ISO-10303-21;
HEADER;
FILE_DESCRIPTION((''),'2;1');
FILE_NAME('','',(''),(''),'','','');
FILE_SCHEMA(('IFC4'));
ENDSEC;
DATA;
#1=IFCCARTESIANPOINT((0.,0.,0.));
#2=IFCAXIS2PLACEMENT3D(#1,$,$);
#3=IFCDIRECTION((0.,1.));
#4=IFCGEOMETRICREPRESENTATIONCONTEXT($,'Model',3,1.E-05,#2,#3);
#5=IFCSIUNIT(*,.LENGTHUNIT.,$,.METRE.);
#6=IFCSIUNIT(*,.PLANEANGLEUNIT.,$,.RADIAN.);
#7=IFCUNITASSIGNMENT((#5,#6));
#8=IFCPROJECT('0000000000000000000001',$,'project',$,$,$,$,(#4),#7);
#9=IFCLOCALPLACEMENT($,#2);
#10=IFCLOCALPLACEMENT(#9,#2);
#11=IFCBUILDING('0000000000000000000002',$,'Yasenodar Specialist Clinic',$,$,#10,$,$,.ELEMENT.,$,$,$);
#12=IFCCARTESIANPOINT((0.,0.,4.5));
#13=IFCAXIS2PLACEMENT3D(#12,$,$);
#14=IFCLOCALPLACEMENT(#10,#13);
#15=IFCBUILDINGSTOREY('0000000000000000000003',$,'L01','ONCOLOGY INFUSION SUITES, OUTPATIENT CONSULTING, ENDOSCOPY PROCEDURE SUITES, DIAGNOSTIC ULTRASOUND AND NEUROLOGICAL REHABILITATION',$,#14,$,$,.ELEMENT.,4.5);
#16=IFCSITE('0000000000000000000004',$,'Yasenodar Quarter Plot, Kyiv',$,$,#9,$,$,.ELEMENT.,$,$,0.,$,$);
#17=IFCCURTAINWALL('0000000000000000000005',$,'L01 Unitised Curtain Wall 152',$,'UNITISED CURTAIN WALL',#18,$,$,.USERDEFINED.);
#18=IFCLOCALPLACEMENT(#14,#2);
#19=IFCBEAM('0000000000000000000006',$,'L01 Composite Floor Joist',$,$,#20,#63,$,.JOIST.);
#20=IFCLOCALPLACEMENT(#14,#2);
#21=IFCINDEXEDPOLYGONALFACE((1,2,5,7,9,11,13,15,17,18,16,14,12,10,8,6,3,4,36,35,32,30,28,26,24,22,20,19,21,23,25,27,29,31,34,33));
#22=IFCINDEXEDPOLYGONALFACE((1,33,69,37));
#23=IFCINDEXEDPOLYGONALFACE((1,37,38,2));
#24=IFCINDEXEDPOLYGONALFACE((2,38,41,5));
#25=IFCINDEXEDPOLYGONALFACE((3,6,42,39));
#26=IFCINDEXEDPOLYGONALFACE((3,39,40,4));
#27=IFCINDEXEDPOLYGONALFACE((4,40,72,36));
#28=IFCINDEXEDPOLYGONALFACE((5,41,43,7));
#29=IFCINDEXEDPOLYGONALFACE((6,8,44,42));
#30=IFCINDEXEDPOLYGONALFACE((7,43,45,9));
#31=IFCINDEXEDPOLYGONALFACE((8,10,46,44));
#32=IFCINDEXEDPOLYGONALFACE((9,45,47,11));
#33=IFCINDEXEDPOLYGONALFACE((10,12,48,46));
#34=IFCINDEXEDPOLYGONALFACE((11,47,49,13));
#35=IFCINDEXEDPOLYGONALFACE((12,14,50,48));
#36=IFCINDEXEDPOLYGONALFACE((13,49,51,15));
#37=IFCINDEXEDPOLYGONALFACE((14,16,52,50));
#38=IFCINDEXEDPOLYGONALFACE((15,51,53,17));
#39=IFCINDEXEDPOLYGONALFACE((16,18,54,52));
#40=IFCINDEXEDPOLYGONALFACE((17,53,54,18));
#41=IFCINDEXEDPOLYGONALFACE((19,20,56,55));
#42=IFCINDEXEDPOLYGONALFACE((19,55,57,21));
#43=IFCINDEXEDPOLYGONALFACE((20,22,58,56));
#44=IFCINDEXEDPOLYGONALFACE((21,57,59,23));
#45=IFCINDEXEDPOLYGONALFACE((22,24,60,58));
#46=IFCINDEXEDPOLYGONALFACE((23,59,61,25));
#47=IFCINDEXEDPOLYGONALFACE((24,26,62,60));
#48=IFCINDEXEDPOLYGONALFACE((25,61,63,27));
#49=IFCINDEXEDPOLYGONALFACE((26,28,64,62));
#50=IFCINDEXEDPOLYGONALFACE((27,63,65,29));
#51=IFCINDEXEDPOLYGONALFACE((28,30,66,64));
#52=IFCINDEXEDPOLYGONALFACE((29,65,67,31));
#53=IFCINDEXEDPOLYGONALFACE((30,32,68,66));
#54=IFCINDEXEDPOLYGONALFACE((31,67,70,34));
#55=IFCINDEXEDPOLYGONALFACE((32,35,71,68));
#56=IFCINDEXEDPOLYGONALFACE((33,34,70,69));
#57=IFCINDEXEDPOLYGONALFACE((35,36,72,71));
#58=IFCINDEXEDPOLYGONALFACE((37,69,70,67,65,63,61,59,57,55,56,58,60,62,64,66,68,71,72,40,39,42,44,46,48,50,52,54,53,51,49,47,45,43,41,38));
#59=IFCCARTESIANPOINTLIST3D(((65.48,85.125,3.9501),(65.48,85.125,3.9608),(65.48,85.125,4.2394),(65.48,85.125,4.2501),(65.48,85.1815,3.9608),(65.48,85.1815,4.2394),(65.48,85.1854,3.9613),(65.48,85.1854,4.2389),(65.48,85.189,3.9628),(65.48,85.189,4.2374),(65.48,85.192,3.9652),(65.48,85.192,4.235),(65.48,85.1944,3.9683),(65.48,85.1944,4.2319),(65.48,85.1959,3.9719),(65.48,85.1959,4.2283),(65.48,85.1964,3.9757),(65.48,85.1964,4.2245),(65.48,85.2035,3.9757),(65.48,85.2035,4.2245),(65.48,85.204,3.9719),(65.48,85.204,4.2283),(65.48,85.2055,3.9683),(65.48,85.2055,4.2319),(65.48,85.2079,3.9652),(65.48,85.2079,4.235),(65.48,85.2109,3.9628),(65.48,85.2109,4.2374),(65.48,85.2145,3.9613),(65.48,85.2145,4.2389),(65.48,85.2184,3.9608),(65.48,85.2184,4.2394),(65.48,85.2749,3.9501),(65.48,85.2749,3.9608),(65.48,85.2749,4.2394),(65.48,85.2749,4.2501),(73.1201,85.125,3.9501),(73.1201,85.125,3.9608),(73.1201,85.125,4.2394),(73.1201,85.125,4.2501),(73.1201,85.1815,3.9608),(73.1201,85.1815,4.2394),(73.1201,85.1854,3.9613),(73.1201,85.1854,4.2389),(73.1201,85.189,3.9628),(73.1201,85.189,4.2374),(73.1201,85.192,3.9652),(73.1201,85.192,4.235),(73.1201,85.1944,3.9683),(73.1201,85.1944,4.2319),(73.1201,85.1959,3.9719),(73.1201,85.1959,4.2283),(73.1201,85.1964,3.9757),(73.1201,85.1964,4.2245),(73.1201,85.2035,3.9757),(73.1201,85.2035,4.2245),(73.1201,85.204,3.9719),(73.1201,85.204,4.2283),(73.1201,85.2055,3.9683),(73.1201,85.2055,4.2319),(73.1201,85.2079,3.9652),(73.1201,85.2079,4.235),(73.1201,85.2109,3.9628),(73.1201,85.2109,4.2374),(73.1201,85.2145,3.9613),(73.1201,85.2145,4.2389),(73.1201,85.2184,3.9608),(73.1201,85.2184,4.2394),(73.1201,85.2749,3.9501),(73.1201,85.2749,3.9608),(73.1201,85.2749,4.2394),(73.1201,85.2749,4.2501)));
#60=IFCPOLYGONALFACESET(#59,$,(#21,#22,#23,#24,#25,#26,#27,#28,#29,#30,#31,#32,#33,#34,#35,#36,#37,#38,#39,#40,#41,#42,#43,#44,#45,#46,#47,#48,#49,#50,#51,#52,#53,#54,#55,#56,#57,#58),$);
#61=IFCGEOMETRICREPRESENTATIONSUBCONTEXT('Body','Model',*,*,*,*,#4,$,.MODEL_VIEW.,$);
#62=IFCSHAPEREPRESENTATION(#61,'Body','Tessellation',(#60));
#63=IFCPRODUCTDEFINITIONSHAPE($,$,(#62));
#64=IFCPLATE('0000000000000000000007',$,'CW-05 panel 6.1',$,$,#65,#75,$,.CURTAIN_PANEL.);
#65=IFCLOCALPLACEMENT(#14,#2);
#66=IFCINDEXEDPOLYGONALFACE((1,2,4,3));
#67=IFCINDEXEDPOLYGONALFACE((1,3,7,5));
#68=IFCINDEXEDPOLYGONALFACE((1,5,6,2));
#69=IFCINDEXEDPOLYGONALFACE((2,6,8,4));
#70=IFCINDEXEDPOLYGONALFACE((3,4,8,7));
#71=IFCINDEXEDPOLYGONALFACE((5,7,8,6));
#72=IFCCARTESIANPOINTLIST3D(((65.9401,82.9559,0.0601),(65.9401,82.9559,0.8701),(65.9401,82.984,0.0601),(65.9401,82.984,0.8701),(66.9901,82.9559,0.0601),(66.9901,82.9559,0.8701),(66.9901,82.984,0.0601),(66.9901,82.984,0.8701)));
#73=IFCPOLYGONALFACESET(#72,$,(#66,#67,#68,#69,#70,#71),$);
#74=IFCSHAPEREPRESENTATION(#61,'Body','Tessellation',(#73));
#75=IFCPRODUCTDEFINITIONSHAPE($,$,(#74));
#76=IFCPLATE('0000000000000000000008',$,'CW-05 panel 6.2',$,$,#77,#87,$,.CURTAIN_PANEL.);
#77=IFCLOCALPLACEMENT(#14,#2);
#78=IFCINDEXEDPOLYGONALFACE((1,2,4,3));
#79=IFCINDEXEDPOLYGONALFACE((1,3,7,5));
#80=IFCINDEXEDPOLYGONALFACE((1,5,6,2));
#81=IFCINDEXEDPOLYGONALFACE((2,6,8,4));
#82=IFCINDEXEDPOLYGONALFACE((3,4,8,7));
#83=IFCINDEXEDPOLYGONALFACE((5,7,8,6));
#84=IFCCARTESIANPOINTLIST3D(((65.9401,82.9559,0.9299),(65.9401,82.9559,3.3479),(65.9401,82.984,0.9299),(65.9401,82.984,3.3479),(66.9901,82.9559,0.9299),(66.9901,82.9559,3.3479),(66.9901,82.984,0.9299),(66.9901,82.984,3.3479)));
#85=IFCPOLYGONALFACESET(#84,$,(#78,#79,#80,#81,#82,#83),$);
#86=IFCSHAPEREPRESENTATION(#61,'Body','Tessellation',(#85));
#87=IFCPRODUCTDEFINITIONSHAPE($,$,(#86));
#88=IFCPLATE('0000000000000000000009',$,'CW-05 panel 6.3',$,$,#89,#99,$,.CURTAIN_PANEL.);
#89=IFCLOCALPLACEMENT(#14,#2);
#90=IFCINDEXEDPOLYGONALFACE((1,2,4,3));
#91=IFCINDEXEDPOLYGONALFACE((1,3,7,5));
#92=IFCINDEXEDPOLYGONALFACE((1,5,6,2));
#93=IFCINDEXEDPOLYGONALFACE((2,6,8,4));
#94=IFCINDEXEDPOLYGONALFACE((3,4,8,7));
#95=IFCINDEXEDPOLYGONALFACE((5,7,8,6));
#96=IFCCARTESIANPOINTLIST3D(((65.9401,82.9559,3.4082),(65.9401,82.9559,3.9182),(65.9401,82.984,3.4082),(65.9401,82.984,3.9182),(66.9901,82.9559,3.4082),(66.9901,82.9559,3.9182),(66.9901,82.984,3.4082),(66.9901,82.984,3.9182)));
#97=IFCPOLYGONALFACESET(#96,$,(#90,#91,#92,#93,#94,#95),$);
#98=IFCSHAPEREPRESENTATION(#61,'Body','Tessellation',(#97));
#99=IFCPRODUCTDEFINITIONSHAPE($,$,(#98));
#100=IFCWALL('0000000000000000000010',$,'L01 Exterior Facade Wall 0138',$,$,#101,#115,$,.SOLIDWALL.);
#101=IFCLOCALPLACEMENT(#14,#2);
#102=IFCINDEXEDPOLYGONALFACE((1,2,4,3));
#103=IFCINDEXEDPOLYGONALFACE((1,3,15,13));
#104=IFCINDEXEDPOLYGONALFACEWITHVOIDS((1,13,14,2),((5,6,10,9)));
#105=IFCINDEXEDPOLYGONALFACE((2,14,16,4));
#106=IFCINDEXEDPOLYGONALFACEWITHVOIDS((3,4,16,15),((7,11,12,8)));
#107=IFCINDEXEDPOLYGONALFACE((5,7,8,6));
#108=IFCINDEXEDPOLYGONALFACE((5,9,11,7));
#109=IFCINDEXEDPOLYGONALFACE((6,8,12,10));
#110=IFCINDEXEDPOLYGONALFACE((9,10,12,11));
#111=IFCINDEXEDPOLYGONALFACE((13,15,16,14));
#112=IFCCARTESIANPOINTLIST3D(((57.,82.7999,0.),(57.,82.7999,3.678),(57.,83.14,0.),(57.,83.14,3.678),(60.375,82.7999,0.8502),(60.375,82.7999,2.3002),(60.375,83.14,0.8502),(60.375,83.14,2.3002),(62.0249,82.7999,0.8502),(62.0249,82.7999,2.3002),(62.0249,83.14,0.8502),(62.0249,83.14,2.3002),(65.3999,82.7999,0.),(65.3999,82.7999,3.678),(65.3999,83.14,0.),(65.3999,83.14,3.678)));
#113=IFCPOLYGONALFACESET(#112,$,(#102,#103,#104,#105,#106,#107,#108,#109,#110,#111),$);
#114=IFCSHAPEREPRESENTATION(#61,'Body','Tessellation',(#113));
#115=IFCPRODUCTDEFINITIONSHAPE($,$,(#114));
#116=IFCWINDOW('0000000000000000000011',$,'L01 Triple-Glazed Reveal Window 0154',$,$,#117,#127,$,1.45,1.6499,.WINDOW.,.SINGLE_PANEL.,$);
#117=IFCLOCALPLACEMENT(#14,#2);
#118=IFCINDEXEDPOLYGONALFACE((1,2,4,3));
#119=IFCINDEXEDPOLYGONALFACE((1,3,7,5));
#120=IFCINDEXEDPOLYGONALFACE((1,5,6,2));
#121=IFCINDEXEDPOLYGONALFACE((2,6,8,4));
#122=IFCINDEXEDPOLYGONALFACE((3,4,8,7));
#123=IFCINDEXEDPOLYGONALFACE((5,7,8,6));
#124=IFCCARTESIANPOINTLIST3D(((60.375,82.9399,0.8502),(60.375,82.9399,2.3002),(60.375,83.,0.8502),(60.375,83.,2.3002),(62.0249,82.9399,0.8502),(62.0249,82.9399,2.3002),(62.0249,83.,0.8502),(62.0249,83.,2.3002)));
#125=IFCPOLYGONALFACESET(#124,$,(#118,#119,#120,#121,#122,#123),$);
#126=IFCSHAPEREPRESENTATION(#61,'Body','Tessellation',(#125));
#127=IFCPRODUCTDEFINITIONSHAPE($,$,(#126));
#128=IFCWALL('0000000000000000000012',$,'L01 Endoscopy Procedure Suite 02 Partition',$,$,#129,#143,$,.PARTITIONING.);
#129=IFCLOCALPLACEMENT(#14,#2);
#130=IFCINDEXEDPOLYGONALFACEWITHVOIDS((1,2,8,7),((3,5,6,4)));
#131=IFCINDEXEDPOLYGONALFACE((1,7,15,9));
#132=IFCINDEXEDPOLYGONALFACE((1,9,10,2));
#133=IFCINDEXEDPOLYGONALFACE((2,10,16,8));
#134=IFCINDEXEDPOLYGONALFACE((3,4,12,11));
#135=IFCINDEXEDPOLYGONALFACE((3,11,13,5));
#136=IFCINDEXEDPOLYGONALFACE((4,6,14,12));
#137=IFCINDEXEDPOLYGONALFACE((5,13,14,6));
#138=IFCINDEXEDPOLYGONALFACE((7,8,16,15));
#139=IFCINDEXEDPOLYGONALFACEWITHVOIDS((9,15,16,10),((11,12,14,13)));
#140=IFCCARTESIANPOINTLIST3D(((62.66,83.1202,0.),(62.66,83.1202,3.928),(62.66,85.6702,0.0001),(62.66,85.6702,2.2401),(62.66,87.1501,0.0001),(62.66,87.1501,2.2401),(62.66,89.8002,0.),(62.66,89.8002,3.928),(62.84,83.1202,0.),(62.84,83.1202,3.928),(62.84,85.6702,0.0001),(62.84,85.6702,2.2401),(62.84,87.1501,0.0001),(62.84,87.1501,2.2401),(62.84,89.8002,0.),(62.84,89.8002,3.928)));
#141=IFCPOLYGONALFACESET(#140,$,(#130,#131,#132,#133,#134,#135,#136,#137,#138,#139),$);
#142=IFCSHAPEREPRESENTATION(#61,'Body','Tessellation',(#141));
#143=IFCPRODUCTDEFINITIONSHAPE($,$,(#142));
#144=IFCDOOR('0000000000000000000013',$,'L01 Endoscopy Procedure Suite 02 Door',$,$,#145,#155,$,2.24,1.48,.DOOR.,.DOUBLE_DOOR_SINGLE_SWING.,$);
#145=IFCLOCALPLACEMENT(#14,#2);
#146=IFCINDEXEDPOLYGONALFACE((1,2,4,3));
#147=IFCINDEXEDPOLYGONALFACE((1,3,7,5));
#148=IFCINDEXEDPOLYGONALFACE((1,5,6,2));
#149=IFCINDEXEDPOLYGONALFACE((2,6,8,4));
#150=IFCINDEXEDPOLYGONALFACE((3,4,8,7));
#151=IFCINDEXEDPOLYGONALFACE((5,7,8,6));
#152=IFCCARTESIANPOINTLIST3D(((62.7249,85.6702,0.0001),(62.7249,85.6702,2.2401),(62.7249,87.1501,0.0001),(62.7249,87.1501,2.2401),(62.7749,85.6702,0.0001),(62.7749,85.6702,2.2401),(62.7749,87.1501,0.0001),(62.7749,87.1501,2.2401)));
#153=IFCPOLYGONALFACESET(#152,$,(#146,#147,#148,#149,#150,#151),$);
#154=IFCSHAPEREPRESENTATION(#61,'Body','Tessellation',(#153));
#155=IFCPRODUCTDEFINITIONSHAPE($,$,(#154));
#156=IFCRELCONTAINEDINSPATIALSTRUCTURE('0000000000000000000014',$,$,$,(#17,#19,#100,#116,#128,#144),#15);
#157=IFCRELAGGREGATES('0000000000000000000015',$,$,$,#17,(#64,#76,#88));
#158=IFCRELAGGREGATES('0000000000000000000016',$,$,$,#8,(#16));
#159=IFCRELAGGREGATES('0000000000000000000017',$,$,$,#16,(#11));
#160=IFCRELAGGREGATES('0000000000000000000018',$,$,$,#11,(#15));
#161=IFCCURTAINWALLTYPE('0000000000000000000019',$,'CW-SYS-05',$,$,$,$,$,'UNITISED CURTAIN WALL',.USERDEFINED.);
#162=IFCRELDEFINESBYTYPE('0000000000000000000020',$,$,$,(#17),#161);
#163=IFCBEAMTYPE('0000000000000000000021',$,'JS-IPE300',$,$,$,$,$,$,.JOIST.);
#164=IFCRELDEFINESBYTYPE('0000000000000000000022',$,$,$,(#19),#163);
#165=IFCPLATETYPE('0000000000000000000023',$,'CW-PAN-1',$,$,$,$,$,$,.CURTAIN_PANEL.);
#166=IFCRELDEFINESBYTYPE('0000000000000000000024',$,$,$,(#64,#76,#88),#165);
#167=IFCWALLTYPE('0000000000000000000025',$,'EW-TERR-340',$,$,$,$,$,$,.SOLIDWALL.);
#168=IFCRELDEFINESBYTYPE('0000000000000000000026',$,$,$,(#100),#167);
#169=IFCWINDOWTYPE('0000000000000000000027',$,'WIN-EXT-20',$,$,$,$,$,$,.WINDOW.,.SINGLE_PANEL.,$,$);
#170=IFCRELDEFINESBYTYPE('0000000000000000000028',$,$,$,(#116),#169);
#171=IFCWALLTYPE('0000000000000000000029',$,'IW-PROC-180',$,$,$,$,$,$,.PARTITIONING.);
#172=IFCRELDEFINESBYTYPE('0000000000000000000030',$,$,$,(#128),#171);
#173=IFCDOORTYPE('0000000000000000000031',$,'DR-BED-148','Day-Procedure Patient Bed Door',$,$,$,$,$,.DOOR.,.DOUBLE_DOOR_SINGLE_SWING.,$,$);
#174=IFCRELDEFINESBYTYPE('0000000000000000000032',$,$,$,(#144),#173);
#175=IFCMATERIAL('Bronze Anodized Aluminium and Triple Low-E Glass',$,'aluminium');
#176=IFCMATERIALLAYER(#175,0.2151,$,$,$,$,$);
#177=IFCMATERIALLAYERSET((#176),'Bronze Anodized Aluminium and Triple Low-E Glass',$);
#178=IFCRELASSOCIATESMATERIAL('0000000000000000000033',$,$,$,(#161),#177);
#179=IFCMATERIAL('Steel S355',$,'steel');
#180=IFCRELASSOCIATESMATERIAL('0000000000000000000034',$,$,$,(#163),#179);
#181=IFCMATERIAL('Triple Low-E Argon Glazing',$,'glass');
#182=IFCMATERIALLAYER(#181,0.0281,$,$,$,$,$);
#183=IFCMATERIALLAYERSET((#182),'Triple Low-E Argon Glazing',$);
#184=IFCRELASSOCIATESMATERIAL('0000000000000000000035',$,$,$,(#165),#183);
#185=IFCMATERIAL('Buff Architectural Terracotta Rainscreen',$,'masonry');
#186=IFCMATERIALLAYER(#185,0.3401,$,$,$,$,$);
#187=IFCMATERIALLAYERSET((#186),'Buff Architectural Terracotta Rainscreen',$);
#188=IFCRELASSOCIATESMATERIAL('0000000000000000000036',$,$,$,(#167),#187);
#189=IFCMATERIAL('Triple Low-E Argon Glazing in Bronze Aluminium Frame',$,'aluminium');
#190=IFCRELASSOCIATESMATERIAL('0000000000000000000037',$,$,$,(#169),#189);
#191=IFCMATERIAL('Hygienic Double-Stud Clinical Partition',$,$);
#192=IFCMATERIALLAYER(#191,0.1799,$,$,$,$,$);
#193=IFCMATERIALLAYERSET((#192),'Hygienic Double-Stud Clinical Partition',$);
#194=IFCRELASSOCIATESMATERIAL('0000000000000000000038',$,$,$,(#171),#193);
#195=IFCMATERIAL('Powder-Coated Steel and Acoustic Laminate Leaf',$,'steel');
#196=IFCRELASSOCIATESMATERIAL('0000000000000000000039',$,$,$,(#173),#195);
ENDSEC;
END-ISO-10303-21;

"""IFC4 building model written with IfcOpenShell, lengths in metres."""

from ifc_helpers import new_model, si_unit, direction, frame, frame_2d, origin, origin_2d, place, context, subcontext, project, spatial, rectangle, i_section, extrude, material, layer, layer_set, material_profile, profile_set, type_object, element, fill, aggregate, save


model = new_model("IFC4")

# Units and contexts
model_context = context("Model", 3, precision=1e-05, world=origin(), true_north=direction((0.0, 1.0)))
body_context = subcontext(model_context, "Body", "Model", "MODEL_VIEW")
ifc_project = project(units=[si_unit("LENGTHUNIT", "METRE"), si_unit("PLANEANGLEUNIT", "RADIAN")], contexts=[model_context])

# Site, building, storey
site_placement = place(None, origin())
site = spatial("IfcSite", under=ifc_project, at=site_placement, Name="Yasenodar Quarter Plot, Kyiv", CompositionType="ELEMENT", RefElevation=0.0)
building_placement = place(site_placement, origin())
building = spatial("IfcBuilding", under=site, at=building_placement, Name="Yasenodar Specialist Clinic", CompositionType="ELEMENT")
storey_placement = place(building_placement, frame((0.0, 0.0, 4.5)))
storey = spatial("IfcBuildingStorey", under=building, at=storey_placement, Name="L01", Description="ONCOLOGY INFUSION SUITES, OUTPATIENT CONSULTING, ENDOSCOPY PROCEDURE SUITES, DIAGNOSTIC ULTRASOUND AND NEUROLOGICAL REHABILITATION", CompositionType="ELEMENT", Elevation=4.5)

# Shared definitions
ifc_material_1 = material(Name="Steel S355", Category="steel")

# Curtain wall
ifc_material_2 = material(Name="Bronze Anodized Aluminium and Triple Low-E Glass", Category="aluminium")
ifc_layer_1 = layer(ifc_material_2, 0.2151)
ifc_layer_set_1 = layer_set([ifc_layer_1], Name="Bronze Anodized Aluminium and Triple Low-E Glass")
curtain_wall_type = type_object("IfcCurtainWallType", Name="CW-SYS-05", ElementType="UNITISED CURTAIN WALL", PredefinedType="USERDEFINED", material=ifc_layer_set_1)
curtain_wall_placement = place(storey_placement, origin())
curtain_wall = element("IfcCurtainWall", 1, at=curtain_wall_placement, inside=storey, type_object=curtain_wall_type, Name="L01 Unitised Curtain Wall 152", ObjectType="UNITISED CURTAIN WALL", PredefinedType="USERDEFINED")

# Beam
ifc_material_profile_1 = material_profile(ifc_material_1, i_section(OverallWidth=0.1499, OverallDepth=0.3, WebThickness=0.0071, FlangeThickness=0.0107, FilletRadius=0.0149, at=origin_2d()), Name="IPE 300")
ifc_profile_set_1 = profile_set([ifc_material_profile_1], Name="Steel S355")
beam_type_1 = type_object("IfcBeamType", Name="JS-IPE300", PredefinedType="JOIST", material=ifc_profile_set_1)
beam_1_placement = place(storey_placement, frame((65.48, 85.2, 4.1001), z_axis=(1.0, 0.0, 0.0), x_axis=(0.0, 1.0, 0.0)))
element("IfcBeam", 2, at=beam_1_placement, inside=storey, type_object=beam_type_1, Name="L01 Composite Floor Joist", PredefinedType="JOIST", context=body_context, shape_type="SweptSolid", body=[
    extrude(i_section(OverallWidth=0.1499, OverallDepth=0.3, WebThickness=0.0071, FlangeThickness=0.0107, FilletRadius=0.0149, at=origin_2d()), origin(), (0.0, 0.0, 1.0), 7.6401),
])

# Plates
ifc_material_3 = material(Name="Triple Low-E Argon Glazing", Category="glass")
ifc_layer_2 = layer(ifc_material_3, 0.0281)
ifc_layer_set_2 = layer_set([ifc_layer_2], Name="Triple Low-E Argon Glazing")
plate_type = type_object("IfcPlateType", Name="CW-PAN-1", PredefinedType="CURTAIN_PANEL", material=ifc_layer_set_2)
plate_1_placement = place(storey_placement, frame((66.4651, 82.97, 0.0601), z_axis=(0.0, 0.0, 1.0), x_axis=(-1.0, 0.0, 0.0)))
plate_1 = element("IfcPlate", 3, at=plate_1_placement, type_object=plate_type, Name="CW-05 panel 6.1", PredefinedType="CURTAIN_PANEL", context=body_context, shape_type="SweptSolid", body=[
    extrude(rectangle(XDim=1.05, YDim=0.0281, at=origin_2d()), origin(), (0.0, 0.0, 1.0), 0.8101),
])
plate_2_placement = place(storey_placement, frame((66.4651, 82.97, 0.9299), z_axis=(0.0, 0.0, 1.0), x_axis=(-1.0, 0.0, 0.0)))
plate_2 = element("IfcPlate", 4, at=plate_2_placement, type_object=plate_type, Name="CW-05 panel 6.2", PredefinedType="CURTAIN_PANEL", context=body_context, shape_type="SweptSolid", body=[
    extrude(rectangle(XDim=1.05, YDim=0.0281, at=origin_2d()), origin(), (0.0, 0.0, 1.0), 2.418),
])
plate_3_placement = place(storey_placement, frame((66.4651, 82.97, 3.4082), z_axis=(0.0, 0.0, 1.0), x_axis=(-1.0, 0.0, 0.0)))
plate_3 = element("IfcPlate", 5, at=plate_3_placement, type_object=plate_type, Name="CW-05 panel 6.3", PredefinedType="CURTAIN_PANEL", context=body_context, shape_type="SweptSolid", body=[
    extrude(rectangle(XDim=1.05, YDim=0.0281, at=origin_2d()), origin(), (0.0, 0.0, 1.0), 0.51),
])
aggregate(curtain_wall, [plate_1, plate_2, plate_3])

# Wall, opening, window
ifc_material_4 = material(Name="Buff Architectural Terracotta Rainscreen", Category="masonry")
ifc_layer_3 = layer(ifc_material_4, 0.3401)
ifc_layer_set_3 = layer_set([ifc_layer_3], Name="Buff Architectural Terracotta Rainscreen")
wall_type_1 = type_object("IfcWallType", Name="EW-TERR-340", PredefinedType="SOLIDWALL", material=ifc_layer_set_3)
wall_1_placement = place(storey_placement, frame((65.3999, 82.97, 0.0), z_axis=(0.0, 0.0, 1.0), x_axis=(-1.0, 0.0, 0.0)))
wall_1 = element("IfcWall", 6, at=wall_1_placement, inside=storey, type_object=wall_type_1, Name="L01 Exterior Facade Wall 0138", PredefinedType="SOLIDWALL", context=body_context, shape_type="SweptSolid", body=[
    extrude(rectangle(XDim=8.3999, YDim=0.3401, at=frame_2d((4.2, 0.0))), origin(), (0.0, 0.0, 1.0), 3.678),
])
opening_1_placement = place(wall_1_placement, frame((3.375, 0.0, 0.8501)))
opening_1 = element("IfcOpeningElement", 7, at=opening_1_placement, cuts=wall_1, PredefinedType="OPENING", context=body_context, shape_type="SweptSolid", body=[
    extrude(rectangle(XDim=1.6499, YDim=1.45, at=frame_2d((0.825, 0.7251))), frame((0.0, 0.1802, 0.0), z_axis=(0.0, -1.0, 0.0), x_axis=(1.0, 0.0, 0.0)), (0.0, 0.0, 1.0), 0.3601),
])
ifc_material_5 = material(Name="Triple Low-E Argon Glazing in Bronze Aluminium Frame", Category="aluminium")
window_type = type_object("IfcWindowType", Name="WIN-EXT-20", PartitioningType="SINGLE_PANEL", PredefinedType="WINDOW", material=ifc_material_5)
window_placement = place(opening_1_placement, origin())
window = element("IfcWindow", 8, at=window_placement, inside=storey, type_object=window_type, Name="L01 Triple-Glazed Reveal Window 0154", OverallHeight=1.45, OverallWidth=1.6499, PartitioningType="SINGLE_PANEL", PredefinedType="WINDOW", context=body_context, shape_type="SweptSolid", body=[
    extrude(rectangle(XDim=1.6499, YDim=1.45, at=frame_2d((0.825, 0.7251))), frame((0.0, 0.03, 0.0), z_axis=(0.0, -1.0, 0.0), x_axis=(1.0, 0.0, 0.0)), (0.0, 0.0, 1.0), 0.0601),
])
fill(opening_1, window)

# Wall, opening, door
ifc_material_6 = material(Name="Hygienic Double-Stud Clinical Partition")
ifc_layer_4 = layer(ifc_material_6, 0.1799)
ifc_layer_set_4 = layer_set([ifc_layer_4], Name="Hygienic Double-Stud Clinical Partition")
wall_type_2 = type_object("IfcWallType", Name="IW-PROC-180", PredefinedType="PARTITIONING", material=ifc_layer_set_4)
wall_2_placement = place(storey_placement, frame((62.75, 89.8, 0.0), z_axis=(0.0, 0.0, 1.0), x_axis=(0.0, -1.0, 0.0)))
wall_2 = element("IfcWall", 9, at=wall_2_placement, inside=storey, type_object=wall_type_2, Name="L01 Endoscopy Procedure Suite 02 Partition", PredefinedType="PARTITIONING", context=body_context, shape_type="SweptSolid", body=[
    extrude(rectangle(XDim=6.6799, YDim=0.1799, at=frame_2d((3.3398, 0.0))), origin(), (0.0, 0.0, 1.0), 3.928),
])
opening_2_placement = place(wall_2_placement, frame((2.6499, 0.0, 0.0)))
opening_2 = element("IfcOpeningElement", 10, at=opening_2_placement, cuts=wall_2, PredefinedType="OPENING", context=body_context, shape_type="SweptSolid", body=[
    extrude(rectangle(XDim=1.48, YDim=2.24, at=frame_2d((0.74, 1.1201))), frame((0.0, 0.1001, 0.0), z_axis=(0.0, -1.0, 0.0), x_axis=(1.0, 0.0, 0.0)), (0.0, 0.0, 1.0), 0.2),
])
ifc_material_7 = material(Name="Powder-Coated Steel and Acoustic Laminate Leaf", Category="steel")
door_type_1 = type_object("IfcDoorType", Name="DR-BED-148", Description="Day-Procedure Patient Bed Door", OperationType="DOUBLE_DOOR_SINGLE_SWING", PredefinedType="DOOR", material=ifc_material_7)
door_1_placement = place(opening_2_placement, origin())
door_1 = element("IfcDoor", 11, at=door_1_placement, inside=storey, type_object=door_type_1, Name="L01 Endoscopy Procedure Suite 02 Door", OperationType="DOUBLE_DOOR_SINGLE_SWING", OverallHeight=2.24, OverallWidth=1.48, PredefinedType="DOOR", context=body_context, shape_type="SweptSolid", body=[
    extrude(rectangle(XDim=1.48, YDim=2.24, at=frame_2d((0.74, 1.1201))), frame((0.0, 0.0249, 0.0), z_axis=(0.0, -1.0, 0.0), x_axis=(1.0, 0.0, 0.0)), (0.0, 0.0, 1.0), 0.05),
])
fill(opening_2, door_1)

save(model, "model.ifc")
